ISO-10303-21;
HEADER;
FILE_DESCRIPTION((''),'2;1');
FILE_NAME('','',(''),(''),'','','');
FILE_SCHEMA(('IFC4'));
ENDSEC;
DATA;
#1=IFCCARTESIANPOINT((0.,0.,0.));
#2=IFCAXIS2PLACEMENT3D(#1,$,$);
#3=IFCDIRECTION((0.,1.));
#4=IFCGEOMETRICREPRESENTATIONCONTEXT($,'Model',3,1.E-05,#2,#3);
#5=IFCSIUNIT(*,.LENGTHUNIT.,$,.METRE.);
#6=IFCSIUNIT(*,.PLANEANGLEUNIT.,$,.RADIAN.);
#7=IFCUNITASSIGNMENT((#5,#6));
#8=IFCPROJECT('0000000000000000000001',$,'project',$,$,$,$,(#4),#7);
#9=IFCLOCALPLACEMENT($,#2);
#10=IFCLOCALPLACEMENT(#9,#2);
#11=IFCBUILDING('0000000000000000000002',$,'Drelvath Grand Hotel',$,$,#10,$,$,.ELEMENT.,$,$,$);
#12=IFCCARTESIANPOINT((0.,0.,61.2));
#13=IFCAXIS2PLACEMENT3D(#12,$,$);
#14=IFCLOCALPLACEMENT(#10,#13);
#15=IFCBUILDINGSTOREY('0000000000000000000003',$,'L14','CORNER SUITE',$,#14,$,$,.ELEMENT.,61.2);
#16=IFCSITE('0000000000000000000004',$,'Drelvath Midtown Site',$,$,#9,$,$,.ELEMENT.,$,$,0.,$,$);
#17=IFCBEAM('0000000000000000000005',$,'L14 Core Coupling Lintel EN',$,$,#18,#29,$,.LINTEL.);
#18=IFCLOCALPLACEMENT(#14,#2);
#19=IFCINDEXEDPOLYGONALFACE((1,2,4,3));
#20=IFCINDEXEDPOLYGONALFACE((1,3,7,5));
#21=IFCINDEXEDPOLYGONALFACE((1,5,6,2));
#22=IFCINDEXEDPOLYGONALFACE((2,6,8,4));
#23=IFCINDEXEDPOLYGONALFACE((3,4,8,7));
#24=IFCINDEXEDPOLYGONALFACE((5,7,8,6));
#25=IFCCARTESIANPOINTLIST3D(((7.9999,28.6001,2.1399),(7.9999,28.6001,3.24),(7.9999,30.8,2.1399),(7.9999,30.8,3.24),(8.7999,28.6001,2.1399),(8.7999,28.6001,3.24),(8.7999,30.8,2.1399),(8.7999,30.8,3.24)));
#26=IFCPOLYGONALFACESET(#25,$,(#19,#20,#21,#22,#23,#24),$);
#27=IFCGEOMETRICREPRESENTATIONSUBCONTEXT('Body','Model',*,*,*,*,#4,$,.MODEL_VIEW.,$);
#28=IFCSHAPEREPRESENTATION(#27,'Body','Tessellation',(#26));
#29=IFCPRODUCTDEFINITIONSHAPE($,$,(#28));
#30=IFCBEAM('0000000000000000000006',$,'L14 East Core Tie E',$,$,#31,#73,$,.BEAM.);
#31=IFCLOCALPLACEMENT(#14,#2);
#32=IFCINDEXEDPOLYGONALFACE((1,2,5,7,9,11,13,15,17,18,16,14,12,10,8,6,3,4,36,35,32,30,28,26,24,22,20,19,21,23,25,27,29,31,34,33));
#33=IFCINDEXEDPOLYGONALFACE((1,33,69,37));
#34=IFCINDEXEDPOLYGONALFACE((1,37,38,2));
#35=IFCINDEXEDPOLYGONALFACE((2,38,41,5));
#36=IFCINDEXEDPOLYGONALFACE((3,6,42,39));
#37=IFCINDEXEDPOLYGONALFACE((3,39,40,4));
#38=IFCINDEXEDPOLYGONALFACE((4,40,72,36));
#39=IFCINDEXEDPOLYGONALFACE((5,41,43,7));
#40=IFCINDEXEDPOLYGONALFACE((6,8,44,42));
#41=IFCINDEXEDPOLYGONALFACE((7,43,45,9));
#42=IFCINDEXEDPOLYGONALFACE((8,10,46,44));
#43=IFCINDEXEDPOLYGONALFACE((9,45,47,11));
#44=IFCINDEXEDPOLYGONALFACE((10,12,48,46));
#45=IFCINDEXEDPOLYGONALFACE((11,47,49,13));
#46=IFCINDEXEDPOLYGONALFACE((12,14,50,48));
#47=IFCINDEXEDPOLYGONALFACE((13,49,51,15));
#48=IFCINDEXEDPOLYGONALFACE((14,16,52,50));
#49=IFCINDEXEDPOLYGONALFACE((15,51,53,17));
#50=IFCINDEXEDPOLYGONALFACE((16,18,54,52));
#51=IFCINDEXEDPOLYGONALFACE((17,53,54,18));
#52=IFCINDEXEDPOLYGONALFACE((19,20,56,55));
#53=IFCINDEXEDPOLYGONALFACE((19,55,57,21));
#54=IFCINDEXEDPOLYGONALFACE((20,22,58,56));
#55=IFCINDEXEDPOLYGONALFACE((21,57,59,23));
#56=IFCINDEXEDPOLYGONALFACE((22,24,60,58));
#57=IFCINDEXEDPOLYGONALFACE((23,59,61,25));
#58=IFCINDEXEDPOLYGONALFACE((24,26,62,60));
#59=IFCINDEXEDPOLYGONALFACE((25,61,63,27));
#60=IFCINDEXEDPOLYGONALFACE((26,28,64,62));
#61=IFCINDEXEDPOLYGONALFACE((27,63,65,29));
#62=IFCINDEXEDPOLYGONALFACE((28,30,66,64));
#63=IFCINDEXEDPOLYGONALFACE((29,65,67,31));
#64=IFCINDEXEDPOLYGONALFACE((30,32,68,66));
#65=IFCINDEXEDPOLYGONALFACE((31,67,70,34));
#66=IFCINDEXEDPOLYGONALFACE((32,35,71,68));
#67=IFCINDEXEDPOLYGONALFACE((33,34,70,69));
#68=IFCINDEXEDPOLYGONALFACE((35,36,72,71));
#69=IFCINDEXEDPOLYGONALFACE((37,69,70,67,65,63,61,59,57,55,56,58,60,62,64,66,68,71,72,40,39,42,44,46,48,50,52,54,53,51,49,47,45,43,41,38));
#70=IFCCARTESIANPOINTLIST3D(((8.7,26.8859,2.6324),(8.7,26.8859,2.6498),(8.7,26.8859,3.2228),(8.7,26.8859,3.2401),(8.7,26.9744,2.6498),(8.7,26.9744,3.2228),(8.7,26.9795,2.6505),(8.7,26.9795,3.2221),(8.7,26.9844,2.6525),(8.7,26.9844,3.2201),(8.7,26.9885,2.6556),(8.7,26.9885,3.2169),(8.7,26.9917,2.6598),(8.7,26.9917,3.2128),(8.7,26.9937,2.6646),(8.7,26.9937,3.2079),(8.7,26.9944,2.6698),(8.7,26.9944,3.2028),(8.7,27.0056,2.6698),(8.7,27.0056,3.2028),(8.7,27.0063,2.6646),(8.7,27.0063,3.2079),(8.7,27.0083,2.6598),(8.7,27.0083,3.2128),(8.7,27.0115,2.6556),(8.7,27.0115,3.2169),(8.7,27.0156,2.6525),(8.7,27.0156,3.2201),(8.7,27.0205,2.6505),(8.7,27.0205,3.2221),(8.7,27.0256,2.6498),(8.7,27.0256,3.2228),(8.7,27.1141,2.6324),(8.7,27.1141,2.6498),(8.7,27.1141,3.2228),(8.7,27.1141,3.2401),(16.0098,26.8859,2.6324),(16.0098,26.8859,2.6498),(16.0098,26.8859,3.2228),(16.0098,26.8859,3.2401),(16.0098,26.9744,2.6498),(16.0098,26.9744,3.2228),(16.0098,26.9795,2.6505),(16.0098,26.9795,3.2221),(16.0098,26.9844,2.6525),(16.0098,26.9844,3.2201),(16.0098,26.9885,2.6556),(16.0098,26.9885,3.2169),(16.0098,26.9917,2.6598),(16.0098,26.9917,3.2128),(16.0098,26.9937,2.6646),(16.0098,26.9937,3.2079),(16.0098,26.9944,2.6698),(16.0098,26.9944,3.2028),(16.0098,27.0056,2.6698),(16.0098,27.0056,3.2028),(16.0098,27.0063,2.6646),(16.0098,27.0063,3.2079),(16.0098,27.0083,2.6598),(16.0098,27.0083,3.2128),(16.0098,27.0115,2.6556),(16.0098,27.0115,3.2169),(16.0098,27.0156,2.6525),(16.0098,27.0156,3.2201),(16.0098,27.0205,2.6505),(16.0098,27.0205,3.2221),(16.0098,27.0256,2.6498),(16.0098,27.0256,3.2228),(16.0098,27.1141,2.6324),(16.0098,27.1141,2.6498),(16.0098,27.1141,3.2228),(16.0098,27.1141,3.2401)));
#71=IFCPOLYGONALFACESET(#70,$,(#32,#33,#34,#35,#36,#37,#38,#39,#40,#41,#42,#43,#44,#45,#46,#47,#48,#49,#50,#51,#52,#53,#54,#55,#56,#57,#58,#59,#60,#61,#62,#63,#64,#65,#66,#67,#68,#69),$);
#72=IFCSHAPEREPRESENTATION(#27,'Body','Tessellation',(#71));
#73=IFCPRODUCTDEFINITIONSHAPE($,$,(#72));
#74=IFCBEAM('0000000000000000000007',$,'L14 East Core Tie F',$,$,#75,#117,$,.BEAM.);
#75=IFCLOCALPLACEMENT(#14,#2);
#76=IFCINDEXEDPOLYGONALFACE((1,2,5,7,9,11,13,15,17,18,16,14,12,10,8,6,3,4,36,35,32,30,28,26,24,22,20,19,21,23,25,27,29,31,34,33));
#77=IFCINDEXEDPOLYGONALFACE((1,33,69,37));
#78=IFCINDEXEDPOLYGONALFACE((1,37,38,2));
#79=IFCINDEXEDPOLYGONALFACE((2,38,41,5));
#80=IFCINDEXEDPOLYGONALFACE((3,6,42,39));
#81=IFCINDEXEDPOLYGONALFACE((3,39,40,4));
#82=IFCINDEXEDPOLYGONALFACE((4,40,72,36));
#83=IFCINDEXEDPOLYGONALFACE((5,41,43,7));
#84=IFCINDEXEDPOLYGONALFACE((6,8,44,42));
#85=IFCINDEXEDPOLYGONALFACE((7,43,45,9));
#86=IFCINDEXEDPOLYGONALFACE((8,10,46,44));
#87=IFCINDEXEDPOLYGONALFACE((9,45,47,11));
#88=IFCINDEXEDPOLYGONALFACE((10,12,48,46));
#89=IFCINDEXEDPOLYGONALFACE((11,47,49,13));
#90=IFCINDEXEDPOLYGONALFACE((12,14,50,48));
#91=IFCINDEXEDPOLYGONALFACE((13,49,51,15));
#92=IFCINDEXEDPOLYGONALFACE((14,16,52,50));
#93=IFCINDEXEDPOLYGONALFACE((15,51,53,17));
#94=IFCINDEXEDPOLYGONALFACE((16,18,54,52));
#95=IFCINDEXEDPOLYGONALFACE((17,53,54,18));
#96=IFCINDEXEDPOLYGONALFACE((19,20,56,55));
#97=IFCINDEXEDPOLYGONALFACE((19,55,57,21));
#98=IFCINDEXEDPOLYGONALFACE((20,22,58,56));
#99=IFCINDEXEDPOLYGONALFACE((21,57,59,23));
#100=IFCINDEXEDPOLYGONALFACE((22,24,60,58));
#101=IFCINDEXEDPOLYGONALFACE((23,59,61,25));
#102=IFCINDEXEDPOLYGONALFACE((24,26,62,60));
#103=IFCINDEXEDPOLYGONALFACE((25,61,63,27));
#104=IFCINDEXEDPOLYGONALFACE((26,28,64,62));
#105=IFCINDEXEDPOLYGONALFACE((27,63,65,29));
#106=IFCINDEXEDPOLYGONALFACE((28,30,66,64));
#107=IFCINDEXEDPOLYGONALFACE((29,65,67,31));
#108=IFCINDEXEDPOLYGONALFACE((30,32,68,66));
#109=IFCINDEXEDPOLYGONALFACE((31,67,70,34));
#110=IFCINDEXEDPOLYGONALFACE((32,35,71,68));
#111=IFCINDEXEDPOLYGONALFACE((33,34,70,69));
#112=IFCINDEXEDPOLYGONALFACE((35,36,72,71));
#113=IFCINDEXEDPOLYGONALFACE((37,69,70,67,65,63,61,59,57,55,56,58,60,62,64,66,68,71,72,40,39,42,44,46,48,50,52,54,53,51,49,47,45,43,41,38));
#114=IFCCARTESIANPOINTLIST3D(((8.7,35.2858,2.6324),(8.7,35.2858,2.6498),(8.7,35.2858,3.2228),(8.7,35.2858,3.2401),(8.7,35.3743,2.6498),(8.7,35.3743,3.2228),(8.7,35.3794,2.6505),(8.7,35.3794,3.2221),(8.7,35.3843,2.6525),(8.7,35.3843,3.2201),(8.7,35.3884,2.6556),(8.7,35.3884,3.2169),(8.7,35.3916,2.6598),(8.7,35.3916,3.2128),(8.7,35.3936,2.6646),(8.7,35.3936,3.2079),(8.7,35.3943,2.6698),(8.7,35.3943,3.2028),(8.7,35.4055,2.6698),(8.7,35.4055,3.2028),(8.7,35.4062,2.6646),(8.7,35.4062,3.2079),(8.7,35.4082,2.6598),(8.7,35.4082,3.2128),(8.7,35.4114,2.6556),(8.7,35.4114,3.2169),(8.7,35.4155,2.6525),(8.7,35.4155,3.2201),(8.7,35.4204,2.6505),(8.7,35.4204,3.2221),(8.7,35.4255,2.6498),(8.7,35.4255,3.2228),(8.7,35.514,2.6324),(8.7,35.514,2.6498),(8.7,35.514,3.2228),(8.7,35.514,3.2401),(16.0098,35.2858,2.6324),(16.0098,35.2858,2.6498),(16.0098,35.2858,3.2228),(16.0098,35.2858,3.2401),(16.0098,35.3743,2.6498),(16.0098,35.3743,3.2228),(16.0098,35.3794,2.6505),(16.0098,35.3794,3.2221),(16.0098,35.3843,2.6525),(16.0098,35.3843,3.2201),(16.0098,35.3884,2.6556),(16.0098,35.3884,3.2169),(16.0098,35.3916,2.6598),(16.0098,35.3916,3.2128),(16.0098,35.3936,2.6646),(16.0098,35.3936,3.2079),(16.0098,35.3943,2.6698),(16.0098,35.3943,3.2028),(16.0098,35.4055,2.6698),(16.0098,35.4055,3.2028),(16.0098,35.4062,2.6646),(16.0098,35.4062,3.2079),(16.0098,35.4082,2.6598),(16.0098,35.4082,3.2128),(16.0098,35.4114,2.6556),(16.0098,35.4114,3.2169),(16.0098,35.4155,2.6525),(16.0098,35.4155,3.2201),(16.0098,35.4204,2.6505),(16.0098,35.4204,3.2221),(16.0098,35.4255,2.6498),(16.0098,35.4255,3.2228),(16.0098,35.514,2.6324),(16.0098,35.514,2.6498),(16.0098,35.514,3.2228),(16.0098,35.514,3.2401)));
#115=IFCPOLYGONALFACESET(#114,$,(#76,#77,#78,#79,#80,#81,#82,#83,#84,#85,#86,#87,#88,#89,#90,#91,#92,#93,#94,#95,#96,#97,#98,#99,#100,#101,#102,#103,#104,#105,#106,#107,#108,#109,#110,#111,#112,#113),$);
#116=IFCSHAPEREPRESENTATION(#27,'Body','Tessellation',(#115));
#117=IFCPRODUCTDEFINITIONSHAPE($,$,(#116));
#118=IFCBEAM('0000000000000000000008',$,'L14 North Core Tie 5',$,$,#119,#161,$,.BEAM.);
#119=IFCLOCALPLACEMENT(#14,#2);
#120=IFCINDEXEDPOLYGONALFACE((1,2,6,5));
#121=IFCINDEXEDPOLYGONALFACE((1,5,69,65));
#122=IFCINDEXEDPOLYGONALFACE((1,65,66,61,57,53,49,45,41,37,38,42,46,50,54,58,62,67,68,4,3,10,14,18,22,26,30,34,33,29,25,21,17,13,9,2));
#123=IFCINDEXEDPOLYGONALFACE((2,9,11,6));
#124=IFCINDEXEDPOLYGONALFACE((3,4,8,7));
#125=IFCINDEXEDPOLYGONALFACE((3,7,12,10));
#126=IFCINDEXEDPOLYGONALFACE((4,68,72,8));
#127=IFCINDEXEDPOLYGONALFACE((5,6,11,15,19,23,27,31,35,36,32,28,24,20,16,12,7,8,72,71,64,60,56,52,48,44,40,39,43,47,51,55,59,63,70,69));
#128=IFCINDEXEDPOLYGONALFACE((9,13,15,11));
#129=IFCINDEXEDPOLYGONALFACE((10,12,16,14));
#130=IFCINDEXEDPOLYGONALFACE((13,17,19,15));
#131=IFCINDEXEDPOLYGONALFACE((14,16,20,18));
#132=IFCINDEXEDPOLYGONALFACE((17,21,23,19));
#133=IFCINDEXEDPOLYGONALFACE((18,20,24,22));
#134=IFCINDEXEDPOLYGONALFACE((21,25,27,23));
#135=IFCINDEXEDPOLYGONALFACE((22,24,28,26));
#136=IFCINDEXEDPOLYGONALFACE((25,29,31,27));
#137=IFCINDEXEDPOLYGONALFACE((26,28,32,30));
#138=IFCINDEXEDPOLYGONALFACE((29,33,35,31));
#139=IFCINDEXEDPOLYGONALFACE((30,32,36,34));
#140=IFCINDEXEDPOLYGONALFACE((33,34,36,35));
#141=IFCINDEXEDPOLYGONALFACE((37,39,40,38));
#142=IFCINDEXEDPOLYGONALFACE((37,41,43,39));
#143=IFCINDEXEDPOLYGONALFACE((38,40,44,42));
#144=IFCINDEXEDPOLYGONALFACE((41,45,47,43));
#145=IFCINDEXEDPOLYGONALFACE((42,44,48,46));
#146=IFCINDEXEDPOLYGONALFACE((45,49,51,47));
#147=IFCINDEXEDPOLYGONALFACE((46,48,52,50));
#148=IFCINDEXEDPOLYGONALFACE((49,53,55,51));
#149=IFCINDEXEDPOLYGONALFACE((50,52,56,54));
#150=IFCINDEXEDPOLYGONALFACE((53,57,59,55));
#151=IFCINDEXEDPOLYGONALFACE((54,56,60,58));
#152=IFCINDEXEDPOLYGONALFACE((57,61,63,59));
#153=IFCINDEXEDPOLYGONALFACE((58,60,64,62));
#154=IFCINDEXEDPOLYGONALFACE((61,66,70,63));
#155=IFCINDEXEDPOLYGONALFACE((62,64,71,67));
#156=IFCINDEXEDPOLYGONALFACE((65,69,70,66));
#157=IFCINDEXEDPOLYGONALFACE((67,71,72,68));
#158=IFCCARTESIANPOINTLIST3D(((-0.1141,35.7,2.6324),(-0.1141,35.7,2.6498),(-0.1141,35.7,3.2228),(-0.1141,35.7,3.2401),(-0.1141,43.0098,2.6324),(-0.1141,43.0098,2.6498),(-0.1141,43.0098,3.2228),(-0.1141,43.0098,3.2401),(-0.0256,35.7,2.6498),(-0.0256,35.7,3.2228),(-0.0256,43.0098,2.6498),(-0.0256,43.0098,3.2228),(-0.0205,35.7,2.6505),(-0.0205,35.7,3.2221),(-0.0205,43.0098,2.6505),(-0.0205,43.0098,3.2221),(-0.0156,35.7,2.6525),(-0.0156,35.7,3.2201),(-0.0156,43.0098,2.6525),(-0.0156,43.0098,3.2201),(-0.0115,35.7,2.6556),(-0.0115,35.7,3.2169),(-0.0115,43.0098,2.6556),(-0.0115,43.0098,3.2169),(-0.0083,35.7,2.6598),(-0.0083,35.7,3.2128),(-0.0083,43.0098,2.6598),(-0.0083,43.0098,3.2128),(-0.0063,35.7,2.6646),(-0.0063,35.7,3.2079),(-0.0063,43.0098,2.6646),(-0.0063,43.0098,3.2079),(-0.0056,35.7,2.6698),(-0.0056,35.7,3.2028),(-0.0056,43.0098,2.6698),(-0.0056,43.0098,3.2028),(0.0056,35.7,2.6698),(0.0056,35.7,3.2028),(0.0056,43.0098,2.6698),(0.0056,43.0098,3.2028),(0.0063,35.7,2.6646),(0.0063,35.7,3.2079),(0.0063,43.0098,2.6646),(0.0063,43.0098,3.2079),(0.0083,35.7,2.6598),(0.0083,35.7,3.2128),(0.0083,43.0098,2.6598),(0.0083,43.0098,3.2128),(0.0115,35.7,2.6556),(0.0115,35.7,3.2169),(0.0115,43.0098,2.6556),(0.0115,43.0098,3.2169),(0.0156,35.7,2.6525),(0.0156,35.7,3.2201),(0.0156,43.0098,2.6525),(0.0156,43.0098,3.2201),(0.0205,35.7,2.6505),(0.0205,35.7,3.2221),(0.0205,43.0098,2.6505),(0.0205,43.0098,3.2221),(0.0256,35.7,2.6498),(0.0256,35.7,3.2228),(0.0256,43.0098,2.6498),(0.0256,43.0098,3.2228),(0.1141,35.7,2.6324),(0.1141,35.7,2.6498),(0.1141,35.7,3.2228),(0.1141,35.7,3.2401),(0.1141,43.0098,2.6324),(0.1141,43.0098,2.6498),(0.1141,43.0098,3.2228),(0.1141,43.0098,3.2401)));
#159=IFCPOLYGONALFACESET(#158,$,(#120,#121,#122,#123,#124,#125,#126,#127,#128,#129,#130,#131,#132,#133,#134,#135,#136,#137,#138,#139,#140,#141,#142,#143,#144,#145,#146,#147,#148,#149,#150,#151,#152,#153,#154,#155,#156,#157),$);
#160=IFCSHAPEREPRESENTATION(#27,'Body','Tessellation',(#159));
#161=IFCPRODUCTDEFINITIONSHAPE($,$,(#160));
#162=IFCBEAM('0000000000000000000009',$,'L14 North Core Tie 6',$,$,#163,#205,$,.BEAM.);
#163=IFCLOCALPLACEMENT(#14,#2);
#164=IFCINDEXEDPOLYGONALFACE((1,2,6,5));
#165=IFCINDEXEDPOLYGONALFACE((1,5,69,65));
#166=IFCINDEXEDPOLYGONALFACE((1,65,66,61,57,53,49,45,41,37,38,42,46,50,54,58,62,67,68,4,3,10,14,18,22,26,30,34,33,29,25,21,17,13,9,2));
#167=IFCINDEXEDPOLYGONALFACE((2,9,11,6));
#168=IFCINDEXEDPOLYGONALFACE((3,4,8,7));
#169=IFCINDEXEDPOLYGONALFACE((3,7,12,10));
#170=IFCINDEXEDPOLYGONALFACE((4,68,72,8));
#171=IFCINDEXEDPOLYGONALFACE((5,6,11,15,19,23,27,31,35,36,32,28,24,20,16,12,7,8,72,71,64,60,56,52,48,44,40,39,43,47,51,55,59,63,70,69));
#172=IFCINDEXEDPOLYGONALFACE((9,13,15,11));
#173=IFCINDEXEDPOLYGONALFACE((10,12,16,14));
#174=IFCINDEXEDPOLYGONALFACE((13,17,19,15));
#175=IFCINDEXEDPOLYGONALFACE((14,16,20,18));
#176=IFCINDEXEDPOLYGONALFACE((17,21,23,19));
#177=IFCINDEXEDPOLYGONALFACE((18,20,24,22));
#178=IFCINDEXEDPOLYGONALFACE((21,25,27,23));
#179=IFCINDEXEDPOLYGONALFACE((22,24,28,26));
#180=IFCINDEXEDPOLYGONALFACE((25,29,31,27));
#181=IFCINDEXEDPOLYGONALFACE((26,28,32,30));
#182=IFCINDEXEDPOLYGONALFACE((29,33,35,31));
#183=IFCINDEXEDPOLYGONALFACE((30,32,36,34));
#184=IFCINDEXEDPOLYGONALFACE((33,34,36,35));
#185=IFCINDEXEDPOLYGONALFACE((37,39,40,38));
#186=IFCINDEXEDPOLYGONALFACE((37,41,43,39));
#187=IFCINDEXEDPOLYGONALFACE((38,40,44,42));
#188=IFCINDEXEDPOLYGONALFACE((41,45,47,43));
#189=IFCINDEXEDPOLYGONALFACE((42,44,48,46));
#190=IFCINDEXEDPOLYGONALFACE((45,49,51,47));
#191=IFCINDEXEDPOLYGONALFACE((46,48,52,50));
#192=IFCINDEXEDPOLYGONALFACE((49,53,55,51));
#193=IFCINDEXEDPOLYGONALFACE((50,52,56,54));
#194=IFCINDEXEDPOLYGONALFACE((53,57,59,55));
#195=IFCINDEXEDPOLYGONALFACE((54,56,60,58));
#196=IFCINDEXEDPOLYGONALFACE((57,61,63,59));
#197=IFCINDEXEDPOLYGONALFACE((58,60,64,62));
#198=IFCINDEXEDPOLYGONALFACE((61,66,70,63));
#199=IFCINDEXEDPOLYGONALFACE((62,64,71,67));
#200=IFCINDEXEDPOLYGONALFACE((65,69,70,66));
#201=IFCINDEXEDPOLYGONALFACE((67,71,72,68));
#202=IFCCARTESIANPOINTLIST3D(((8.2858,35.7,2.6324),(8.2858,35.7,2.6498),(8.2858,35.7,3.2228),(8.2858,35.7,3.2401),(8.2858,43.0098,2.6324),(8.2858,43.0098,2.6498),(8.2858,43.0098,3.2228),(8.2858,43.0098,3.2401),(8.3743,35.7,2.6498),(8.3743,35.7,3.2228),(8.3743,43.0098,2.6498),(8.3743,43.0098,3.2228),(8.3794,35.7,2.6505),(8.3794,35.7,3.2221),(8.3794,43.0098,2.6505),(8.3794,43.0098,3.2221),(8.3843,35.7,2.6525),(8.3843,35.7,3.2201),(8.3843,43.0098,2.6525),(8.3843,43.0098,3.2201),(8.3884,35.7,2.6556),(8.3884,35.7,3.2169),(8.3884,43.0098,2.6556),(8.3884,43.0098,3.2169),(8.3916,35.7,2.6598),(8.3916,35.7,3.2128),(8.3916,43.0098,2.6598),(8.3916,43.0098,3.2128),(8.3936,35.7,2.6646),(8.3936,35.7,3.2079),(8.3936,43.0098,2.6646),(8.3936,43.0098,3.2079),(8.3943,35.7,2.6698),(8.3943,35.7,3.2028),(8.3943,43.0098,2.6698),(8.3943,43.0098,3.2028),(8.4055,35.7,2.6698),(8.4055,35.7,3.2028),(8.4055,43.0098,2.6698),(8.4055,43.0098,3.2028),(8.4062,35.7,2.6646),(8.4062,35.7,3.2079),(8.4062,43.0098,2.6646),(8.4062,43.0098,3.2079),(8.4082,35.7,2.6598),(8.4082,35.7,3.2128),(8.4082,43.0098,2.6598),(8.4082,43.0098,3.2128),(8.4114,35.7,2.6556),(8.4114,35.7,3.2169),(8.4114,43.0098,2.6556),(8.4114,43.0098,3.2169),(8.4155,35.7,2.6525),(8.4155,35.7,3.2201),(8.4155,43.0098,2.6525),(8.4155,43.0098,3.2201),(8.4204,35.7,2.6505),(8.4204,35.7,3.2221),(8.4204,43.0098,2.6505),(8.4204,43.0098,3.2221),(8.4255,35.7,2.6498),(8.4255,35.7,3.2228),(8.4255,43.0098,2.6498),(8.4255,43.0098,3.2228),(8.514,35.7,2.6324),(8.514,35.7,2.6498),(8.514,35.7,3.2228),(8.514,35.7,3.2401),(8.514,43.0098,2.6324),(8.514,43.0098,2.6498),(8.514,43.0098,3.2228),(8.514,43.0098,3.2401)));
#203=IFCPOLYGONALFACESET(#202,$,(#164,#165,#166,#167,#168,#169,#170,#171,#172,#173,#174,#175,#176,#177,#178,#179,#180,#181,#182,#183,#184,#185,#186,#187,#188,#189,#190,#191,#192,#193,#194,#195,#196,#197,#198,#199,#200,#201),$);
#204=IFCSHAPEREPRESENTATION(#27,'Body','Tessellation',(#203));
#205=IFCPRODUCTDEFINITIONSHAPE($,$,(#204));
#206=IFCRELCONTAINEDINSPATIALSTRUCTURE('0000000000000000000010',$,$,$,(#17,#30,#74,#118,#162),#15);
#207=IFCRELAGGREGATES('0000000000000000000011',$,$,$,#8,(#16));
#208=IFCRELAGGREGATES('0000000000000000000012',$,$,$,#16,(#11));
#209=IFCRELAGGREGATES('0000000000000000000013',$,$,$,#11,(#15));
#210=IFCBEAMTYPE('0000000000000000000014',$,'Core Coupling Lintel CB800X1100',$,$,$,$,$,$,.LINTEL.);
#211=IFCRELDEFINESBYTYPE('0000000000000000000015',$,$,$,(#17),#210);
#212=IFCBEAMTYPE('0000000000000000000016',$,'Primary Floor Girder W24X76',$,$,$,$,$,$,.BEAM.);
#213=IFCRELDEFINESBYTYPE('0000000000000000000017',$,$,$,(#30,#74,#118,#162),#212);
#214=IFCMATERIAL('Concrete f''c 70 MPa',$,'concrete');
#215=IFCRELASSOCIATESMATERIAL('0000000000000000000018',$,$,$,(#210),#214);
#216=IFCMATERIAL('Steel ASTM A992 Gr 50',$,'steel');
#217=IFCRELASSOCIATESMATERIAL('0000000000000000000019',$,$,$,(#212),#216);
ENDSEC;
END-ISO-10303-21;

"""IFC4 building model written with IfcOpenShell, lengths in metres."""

from ifc_helpers import new_model, si_unit, direction, frame, origin, origin_2d, place, context, subcontext, project, spatial, rectangle, i_section, extrude, material, material_profile, profile_set, type_object, element, save


model = new_model("IFC4")

# Units and contexts
model_context = context("Model", 3, precision=1e-05, world=origin(), true_north=direction((0.0, 1.0)))
body_context = subcontext(model_context, "Body", "Model", "MODEL_VIEW")
ifc_project = project(units=[si_unit("LENGTHUNIT", "METRE"), si_unit("PLANEANGLEUNIT", "RADIAN")], contexts=[model_context])

# Site, building, storey
site_placement = place(None, origin())
site = spatial("IfcSite", under=ifc_project, at=site_placement, Name="Drelvath Midtown Site", CompositionType="ELEMENT", RefElevation=0.0)
building_placement = place(site_placement, origin())
building = spatial("IfcBuilding", under=site, at=building_placement, Name="Drelvath Grand Hotel", CompositionType="ELEMENT")
storey_placement = place(building_placement, frame((0.0, 0.0, 61.2)))
storey = spatial("IfcBuildingStorey", under=building, at=storey_placement, Name="L14", Description="CORNER SUITE", CompositionType="ELEMENT", Elevation=61.2)

# Beams
ifc_material_1 = material(Name="Concrete f'c 70 MPa", Category="concrete")
ifc_material_profile_1 = material_profile(ifc_material_1, rectangle(XDim=0.8, YDim=1.1001, at=origin_2d()), Name="CB800X1100")
ifc_profile_set_1 = profile_set([ifc_material_profile_1], Name="Concrete f'c 70 MPa")
beam_type_1 = type_object("IfcBeamType", Name="Core Coupling Lintel CB800X1100", PredefinedType="LINTEL", material=ifc_profile_set_1)
beam_placement = place(storey_placement, frame((8.3999, 28.6001, 2.6899), z_axis=(0.0, 1.0, 0.0), x_axis=(-1.0, 0.0, 0.0)))
element("IfcBeam", 1, at=beam_placement, inside=storey, type_object=beam_type_1, Name="L14 Core Coupling Lintel EN", PredefinedType="LINTEL", context=body_context, shape_type="SweptSolid", body=[
    extrude(rectangle(XDim=0.8, YDim=1.1001, at=origin_2d()), origin(), (0.0, 0.0, 1.0), 2.2),
])
ifc_material_2 = material(Name="Steel ASTM A992 Gr 50", Category="steel")
ifc_material_profile_2 = material_profile(ifc_material_2, i_section(OverallWidth=0.2283, OverallDepth=0.6077, WebThickness=0.0112, FlangeThickness=0.0173, FilletRadius=0.02, at=origin_2d()), Name="W24X76")
ifc_profile_set_2 = profile_set([ifc_material_profile_2], Name="Steel ASTM A992 Gr 50")
beam_type_2 = type_object("IfcBeamType", Name="Primary Floor Girder W24X76", PredefinedType="BEAM", material=ifc_profile_set_2)
for number, where, z_axis, x_axis, name in (
    (2, (8.7, 27.0, 2.9363), (1.0, 0.0, 0.0), (0.0, 1.0, 0.0), "L14 East Core Tie E"),
    (3, (8.7, 35.3999, 2.9363), (1.0, 0.0, 0.0), (0.0, 1.0, 0.0), "L14 East Core Tie F"),
    (4, (0.0, 35.7, 2.9363), (0.0, 1.0, 0.0), (-1.0, 0.0, 0.0), "L14 North Core Tie 5"),
    (5, (8.3999, 35.7, 2.9363), (0.0, 1.0, 0.0), (-1.0, 0.0, 0.0), "L14 North Core Tie 6"),
):
    element("IfcBeam", number, at=place(storey_placement, frame(where, z_axis=z_axis, x_axis=x_axis)), inside=storey, type_object=beam_type_2, Name=name, PredefinedType="BEAM", context=body_context, shape_type="SweptSolid", body=[
        extrude(i_section(OverallWidth=0.2283, OverallDepth=0.6077, WebThickness=0.0112, FlangeThickness=0.0173, FilletRadius=0.02, at=origin_2d()), origin(), (0.0, 0.0, 1.0), 7.3098),
    ])

save(model, "model.ifc")
